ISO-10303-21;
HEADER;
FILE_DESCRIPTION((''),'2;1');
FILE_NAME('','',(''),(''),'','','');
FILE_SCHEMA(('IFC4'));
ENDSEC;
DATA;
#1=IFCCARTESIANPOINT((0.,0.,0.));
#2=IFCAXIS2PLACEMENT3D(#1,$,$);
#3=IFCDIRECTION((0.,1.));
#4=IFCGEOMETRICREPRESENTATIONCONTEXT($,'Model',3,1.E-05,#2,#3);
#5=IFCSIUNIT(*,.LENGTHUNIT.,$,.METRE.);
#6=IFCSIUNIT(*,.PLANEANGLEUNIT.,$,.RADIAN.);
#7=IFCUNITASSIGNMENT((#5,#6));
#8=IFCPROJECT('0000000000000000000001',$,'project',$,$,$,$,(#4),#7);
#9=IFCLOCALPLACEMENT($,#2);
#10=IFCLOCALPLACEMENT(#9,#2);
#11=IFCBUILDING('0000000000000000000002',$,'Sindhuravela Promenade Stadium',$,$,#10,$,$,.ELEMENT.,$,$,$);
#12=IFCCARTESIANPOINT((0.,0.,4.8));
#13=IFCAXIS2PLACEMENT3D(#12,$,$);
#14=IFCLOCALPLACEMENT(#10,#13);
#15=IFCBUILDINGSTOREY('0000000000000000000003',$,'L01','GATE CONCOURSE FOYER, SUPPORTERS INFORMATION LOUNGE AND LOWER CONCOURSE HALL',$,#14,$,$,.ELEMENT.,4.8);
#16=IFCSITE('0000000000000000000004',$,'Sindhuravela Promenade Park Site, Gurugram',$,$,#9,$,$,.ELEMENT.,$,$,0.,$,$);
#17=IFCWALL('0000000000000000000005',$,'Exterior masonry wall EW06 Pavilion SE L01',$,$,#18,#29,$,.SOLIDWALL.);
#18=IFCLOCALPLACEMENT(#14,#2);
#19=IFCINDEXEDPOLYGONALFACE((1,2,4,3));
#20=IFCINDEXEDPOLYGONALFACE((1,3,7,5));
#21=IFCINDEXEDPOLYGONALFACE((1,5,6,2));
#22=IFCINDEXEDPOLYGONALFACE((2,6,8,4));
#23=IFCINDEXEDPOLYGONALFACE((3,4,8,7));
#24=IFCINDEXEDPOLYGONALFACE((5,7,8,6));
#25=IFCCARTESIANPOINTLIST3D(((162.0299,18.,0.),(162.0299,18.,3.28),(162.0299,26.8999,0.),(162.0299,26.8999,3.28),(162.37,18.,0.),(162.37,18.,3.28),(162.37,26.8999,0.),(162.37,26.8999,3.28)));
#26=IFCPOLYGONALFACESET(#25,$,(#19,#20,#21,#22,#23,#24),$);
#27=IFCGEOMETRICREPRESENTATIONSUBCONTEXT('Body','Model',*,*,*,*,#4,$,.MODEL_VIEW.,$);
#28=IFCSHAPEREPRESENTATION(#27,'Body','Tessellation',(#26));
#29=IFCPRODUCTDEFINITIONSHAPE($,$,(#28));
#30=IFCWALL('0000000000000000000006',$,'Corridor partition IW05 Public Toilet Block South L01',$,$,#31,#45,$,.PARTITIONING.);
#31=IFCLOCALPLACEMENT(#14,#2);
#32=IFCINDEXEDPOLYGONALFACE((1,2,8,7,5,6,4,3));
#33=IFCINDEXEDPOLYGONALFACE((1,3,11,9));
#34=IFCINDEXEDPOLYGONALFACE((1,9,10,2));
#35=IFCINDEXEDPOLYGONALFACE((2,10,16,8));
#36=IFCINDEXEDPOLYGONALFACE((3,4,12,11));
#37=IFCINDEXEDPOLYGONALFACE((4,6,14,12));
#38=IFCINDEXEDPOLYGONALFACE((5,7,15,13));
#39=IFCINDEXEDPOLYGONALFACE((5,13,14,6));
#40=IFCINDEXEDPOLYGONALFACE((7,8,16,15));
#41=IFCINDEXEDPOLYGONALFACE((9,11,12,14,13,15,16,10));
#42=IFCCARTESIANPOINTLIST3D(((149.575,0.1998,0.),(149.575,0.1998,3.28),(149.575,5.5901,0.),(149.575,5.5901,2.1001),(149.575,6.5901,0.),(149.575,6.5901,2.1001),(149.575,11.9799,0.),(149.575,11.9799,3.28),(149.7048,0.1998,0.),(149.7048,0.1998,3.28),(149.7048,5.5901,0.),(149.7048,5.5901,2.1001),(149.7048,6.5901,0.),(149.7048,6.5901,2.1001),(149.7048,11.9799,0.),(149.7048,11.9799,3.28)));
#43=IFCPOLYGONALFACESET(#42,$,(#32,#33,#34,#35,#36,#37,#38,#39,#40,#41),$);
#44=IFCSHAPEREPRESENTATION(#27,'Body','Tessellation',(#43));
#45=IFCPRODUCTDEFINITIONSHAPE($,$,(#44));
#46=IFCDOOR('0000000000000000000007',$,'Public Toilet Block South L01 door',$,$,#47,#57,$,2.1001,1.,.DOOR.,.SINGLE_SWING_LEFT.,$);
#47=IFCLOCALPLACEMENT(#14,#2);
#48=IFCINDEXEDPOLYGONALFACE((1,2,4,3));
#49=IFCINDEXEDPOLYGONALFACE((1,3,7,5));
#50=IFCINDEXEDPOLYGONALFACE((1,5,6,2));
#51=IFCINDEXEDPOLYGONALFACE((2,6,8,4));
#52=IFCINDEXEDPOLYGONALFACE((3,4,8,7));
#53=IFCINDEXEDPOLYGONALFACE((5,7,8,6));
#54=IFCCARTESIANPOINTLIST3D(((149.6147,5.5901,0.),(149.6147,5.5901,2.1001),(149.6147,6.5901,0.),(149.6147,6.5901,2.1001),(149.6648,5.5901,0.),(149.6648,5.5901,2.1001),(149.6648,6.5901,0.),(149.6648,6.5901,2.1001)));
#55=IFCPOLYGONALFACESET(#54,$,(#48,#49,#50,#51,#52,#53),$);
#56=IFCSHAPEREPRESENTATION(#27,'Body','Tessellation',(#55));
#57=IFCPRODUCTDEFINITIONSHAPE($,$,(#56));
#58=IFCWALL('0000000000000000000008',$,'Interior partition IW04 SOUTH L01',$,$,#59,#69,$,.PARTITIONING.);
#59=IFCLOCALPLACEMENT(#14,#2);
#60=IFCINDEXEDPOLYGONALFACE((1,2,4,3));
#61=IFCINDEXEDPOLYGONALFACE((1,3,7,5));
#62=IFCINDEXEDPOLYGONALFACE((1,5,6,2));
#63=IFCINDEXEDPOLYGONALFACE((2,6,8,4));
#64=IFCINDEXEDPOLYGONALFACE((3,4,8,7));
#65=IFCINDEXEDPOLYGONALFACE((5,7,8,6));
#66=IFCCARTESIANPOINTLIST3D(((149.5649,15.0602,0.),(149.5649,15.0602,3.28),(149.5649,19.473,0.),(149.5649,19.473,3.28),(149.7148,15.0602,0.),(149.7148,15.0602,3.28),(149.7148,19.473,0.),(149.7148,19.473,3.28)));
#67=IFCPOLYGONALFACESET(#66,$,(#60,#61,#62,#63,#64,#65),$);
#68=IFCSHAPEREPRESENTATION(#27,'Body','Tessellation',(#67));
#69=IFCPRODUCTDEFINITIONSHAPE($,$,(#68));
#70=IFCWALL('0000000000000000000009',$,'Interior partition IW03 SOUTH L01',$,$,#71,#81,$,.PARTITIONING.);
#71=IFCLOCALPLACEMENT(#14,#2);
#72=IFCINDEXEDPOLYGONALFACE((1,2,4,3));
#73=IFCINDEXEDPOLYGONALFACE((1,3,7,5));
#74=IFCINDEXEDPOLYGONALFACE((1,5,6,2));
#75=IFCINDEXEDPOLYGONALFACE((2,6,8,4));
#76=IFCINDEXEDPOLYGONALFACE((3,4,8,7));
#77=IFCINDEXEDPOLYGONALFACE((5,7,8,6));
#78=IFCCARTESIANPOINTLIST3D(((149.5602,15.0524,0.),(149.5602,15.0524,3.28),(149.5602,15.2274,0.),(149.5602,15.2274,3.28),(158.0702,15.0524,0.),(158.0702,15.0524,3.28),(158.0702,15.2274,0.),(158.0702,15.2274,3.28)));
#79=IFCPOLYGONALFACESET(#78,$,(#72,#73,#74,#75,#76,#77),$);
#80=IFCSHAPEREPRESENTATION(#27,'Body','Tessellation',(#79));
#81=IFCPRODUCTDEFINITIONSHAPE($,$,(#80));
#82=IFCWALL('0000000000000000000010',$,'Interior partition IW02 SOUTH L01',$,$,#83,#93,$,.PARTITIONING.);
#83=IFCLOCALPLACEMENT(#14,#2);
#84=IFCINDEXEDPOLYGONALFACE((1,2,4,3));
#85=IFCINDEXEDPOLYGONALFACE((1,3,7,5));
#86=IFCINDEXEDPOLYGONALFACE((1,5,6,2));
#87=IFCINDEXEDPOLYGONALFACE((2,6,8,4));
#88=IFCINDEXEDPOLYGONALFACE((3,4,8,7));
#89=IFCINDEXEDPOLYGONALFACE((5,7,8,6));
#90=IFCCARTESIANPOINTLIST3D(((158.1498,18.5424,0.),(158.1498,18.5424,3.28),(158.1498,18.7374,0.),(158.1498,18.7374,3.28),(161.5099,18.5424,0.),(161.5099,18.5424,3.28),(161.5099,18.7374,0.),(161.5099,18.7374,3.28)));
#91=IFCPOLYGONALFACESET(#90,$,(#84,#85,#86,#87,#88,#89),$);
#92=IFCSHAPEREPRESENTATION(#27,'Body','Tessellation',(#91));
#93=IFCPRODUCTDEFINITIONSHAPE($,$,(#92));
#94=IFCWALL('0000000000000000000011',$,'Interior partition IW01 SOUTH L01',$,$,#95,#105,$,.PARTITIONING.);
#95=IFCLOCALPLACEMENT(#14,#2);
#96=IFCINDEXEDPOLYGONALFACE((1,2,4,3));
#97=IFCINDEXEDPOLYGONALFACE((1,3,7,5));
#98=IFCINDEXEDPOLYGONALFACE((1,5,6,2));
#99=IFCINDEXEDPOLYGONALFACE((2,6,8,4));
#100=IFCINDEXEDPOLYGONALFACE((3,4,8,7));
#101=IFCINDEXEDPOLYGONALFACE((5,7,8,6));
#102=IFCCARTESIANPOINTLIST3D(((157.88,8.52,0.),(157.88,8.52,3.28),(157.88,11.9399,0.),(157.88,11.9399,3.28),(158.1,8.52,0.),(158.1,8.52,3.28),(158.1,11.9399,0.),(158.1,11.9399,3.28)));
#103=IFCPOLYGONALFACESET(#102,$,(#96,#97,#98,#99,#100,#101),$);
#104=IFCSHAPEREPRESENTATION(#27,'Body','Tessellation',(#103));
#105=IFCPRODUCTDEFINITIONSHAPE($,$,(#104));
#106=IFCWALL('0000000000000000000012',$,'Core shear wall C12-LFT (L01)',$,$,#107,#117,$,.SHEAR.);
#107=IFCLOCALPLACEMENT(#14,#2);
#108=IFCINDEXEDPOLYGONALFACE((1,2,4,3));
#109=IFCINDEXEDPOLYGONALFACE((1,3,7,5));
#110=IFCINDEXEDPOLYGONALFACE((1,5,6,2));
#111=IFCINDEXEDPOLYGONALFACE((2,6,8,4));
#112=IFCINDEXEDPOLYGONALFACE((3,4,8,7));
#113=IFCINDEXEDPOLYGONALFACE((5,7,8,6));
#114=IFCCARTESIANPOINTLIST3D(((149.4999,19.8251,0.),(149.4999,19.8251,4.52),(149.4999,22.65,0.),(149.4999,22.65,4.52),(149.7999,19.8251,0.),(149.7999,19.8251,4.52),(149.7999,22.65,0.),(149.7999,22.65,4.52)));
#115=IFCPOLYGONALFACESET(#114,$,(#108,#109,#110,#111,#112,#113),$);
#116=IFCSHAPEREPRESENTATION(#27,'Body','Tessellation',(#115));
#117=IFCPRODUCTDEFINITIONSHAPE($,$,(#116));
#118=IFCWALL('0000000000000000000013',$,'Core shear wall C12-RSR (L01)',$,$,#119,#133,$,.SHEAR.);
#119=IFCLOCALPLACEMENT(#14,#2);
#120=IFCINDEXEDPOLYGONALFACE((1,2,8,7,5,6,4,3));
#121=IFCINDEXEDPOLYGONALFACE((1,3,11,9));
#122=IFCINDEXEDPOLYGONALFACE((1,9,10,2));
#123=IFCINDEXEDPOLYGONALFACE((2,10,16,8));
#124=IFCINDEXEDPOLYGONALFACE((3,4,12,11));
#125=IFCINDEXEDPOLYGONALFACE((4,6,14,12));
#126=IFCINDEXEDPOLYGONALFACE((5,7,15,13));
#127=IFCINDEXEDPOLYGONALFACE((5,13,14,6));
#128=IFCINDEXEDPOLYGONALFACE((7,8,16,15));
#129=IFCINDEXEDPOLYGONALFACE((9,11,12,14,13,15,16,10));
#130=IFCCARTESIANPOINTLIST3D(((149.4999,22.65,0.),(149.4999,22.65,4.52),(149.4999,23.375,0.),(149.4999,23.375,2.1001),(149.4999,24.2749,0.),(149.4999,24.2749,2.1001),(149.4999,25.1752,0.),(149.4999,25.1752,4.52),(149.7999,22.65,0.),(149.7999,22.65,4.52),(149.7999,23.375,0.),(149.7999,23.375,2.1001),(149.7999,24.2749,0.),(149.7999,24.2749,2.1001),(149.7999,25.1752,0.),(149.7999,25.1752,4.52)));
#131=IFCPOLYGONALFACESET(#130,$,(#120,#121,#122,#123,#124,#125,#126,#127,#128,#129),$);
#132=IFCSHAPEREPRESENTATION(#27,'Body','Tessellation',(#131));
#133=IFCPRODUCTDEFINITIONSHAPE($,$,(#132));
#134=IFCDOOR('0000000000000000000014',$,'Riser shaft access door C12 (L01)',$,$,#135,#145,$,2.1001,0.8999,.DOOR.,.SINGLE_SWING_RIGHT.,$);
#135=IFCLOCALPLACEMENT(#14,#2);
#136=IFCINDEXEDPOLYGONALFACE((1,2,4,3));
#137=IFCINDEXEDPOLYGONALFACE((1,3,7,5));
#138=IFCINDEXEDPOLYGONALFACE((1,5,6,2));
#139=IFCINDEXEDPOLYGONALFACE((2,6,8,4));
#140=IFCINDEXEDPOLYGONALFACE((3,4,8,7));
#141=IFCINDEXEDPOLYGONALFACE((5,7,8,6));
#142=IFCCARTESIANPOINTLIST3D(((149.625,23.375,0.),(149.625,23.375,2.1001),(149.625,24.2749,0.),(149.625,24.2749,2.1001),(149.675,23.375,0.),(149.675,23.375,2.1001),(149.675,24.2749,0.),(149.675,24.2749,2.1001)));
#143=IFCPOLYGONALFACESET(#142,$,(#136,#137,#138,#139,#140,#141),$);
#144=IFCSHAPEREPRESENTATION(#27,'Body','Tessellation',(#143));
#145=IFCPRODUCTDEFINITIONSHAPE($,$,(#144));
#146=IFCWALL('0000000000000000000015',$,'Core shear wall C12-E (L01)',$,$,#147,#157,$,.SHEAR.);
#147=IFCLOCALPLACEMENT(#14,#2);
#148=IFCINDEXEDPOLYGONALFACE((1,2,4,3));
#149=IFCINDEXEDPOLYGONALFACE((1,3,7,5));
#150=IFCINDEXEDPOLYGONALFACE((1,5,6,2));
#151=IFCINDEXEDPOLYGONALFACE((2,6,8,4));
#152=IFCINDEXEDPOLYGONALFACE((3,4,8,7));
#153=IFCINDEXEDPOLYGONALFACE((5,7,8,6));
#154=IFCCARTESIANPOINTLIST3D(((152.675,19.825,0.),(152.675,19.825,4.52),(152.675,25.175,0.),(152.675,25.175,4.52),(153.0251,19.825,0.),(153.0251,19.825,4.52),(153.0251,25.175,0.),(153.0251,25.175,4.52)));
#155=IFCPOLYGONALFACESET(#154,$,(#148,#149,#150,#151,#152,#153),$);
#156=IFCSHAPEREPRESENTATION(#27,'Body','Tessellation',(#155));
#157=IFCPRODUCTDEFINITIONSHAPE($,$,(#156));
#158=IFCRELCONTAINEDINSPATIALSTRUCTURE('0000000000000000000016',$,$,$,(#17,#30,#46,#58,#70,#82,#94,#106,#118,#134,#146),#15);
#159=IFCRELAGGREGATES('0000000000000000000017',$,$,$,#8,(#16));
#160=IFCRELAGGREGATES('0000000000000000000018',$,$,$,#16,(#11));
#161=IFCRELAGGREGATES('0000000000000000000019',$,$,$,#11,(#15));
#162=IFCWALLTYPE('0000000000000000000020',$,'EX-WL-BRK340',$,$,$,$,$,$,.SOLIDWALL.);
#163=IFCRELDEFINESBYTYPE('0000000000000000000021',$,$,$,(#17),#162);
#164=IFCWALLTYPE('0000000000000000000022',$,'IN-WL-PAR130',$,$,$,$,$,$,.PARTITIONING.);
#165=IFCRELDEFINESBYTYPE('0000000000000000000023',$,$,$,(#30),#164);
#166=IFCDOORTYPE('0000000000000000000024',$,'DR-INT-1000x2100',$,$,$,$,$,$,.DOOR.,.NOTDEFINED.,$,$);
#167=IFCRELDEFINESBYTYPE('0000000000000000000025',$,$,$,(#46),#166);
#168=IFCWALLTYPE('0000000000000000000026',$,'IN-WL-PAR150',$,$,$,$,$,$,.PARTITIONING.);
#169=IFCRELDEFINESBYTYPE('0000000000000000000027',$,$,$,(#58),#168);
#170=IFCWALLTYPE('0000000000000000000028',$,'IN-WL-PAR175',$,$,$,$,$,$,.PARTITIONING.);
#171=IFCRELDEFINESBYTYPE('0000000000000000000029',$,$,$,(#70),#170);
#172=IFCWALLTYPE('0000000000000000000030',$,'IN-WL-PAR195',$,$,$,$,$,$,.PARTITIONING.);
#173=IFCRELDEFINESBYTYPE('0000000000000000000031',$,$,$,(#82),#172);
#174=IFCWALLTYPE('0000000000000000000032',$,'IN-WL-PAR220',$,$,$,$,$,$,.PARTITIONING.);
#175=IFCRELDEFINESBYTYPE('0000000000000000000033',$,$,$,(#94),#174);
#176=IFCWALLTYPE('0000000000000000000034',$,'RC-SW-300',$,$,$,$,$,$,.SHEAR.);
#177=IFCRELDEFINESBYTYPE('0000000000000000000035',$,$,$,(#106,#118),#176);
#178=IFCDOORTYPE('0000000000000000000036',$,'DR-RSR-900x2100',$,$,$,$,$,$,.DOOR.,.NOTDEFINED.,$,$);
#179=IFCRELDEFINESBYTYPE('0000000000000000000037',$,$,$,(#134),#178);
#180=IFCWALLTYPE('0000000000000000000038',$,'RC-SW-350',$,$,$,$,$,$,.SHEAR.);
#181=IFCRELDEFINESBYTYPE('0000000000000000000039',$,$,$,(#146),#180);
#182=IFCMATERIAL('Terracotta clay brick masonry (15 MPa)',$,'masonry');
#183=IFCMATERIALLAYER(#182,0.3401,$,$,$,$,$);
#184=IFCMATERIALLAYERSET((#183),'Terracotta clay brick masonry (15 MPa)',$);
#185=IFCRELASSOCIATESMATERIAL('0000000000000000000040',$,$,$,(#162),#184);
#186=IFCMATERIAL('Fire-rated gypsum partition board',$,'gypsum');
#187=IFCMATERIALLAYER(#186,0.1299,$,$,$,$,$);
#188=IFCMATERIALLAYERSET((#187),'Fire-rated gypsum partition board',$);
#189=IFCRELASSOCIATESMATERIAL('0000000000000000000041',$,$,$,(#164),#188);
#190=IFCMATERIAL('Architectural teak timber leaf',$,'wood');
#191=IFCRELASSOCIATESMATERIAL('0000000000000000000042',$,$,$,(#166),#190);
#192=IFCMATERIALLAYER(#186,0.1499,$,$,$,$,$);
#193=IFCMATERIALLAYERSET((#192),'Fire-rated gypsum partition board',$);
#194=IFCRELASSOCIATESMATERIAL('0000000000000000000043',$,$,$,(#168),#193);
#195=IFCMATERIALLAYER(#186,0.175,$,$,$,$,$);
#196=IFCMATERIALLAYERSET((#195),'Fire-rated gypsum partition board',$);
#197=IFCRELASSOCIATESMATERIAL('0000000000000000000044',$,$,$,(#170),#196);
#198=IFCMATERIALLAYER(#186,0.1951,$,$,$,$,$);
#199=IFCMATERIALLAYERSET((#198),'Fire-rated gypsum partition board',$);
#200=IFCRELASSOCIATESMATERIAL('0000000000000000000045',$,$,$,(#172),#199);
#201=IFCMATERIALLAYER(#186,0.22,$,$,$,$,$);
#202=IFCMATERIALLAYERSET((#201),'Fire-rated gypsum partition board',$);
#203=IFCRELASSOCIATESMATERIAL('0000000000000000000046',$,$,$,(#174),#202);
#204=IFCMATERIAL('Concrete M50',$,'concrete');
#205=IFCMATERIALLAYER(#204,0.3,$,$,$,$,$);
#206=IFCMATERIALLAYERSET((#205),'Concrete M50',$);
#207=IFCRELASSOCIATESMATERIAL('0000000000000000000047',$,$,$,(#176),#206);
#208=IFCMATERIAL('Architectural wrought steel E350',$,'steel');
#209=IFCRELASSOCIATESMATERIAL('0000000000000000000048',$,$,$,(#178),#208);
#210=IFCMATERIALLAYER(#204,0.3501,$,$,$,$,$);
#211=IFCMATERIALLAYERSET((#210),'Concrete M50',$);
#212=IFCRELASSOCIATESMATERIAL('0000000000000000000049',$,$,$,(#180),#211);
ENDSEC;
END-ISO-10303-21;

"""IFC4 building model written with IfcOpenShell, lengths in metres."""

from ifc_helpers import new_model, si_unit, direction, frame, frame_2d, origin, place, context, subcontext, project, spatial, rectangle, extrude, material, layer, layer_set, type_object, element, fill, save


model = new_model("IFC4")

# Units and contexts
model_context = context("Model", 3, precision=1e-05, world=origin(), true_north=direction((0.0, 1.0)))
body_context = subcontext(model_context, "Body", "Model", "MODEL_VIEW")
ifc_project = project(units=[si_unit("LENGTHUNIT", "METRE"), si_unit("PLANEANGLEUNIT", "RADIAN")], contexts=[model_context])

# Site, building, storey
site_placement = place(None, origin())
site = spatial("IfcSite", under=ifc_project, at=site_placement, Name="Sindhuravela Promenade Park Site, Gurugram", CompositionType="ELEMENT", RefElevation=0.0)
building_placement = place(site_placement, origin())
building = spatial("IfcBuilding", under=site, at=building_placement, Name="Sindhuravela Promenade Stadium", CompositionType="ELEMENT")
storey_placement = place(building_placement, frame((0.0, 0.0, 4.8)))
storey = spatial("IfcBuildingStorey", under=building, at=storey_placement, Name="L01", Description="GATE CONCOURSE FOYER, SUPPORTERS INFORMATION LOUNGE AND LOWER CONCOURSE HALL", CompositionType="ELEMENT", Elevation=4.8)

# Wall
ifc_material_1 = material(Name="Terracotta clay brick masonry (15 MPa)", Category="masonry")
ifc_layer_1 = layer(ifc_material_1, 0.3401)
ifc_layer_set_1 = layer_set([ifc_layer_1], Name="Terracotta clay brick masonry (15 MPa)")
wall_type_1 = type_object("IfcWallType", Name="EX-WL-BRK340", PredefinedType="SOLIDWALL", material=ifc_layer_set_1)
wall_1_placement = place(storey_placement, frame((162.2, 18.0, 0.0), z_axis=(0.0, 0.0, 1.0), x_axis=(0.0, 1.0, 0.0)))
element("IfcWall", 1, at=wall_1_placement, inside=storey, type_object=wall_type_1, Name="Exterior masonry wall EW06 Pavilion SE L01", PredefinedType="SOLIDWALL", context=body_context, shape_type="SweptSolid", body=[
    extrude(rectangle(XDim=8.8999, YDim=0.3401, at=frame_2d((4.45, 0.0))), origin(), (0.0, 0.0, 1.0), 3.28),
])

# Wall, opening, door
ifc_material_2 = material(Name="Fire-rated gypsum partition board", Category="gypsum")
ifc_layer_2 = layer(ifc_material_2, 0.1299)
ifc_layer_set_2 = layer_set([ifc_layer_2], Name="Fire-rated gypsum partition board")
wall_type_2 = type_object("IfcWallType", Name="IN-WL-PAR130", PredefinedType="PARTITIONING", material=ifc_layer_set_2)
wall_2_placement = place(storey_placement, frame((149.6399, 11.98, 0.0), z_axis=(0.0, 0.0, 1.0), x_axis=(0.0, -1.0, 0.0)))
wall_2 = element("IfcWall", 2, at=wall_2_placement, inside=storey, type_object=wall_type_2, Name="Corridor partition IW05 Public Toilet Block South L01", PredefinedType="PARTITIONING", context=body_context, shape_type="SweptSolid", body=[
    extrude(rectangle(XDim=11.78, YDim=0.1299, at=frame_2d((5.8901, 0.0))), origin(), (0.0, 0.0, 1.0), 3.28),
])
opening_1_placement = place(wall_2_placement, frame((5.3899, 0.0, 0.0)))
opening_1 = element("IfcOpeningElement", 3, at=opening_1_placement, cuts=wall_2, PredefinedType="OPENING", context=body_context, shape_type="SweptSolid", body=[
    extrude(rectangle(XDim=1.0, YDim=2.1001, at=frame_2d((0.5, 1.05))), frame((0.0, 0.075, 0.0), z_axis=(0.0, -1.0, 0.0), x_axis=(1.0, 0.0, 0.0)), (0.0, 0.0, 1.0), 0.1499),
])
ifc_material_3 = material(Name="Architectural teak timber leaf", Category="wood")
door_type_1 = type_object("IfcDoorType", Name="DR-INT-1000x2100", OperationType="NOTDEFINED", PredefinedType="DOOR", material=ifc_material_3)
door_1_placement = place(opening_1_placement, origin())
door_1 = element("IfcDoor", 4, at=door_1_placement, inside=storey, type_object=door_type_1, Name="Public Toilet Block South L01 door", OperationType="SINGLE_SWING_LEFT", OverallHeight=2.1001, OverallWidth=1.0, PredefinedType="DOOR", context=body_context, shape_type="SweptSolid", body=[
    extrude(rectangle(XDim=1.0, YDim=2.1001, at=frame_2d((0.5, 1.05))), frame((0.0, 0.0249, 0.0), z_axis=(0.0, -1.0, 0.0), x_axis=(1.0, 0.0, 0.0)), (0.0, 0.0, 1.0), 0.05),
])
fill(opening_1, door_1)

# Walls
ifc_layer_3 = layer(ifc_material_2, 0.1499)
ifc_layer_set_3 = layer_set([ifc_layer_3], Name="Fire-rated gypsum partition board")
wall_type_3 = type_object("IfcWallType", Name="IN-WL-PAR150", PredefinedType="PARTITIONING", material=ifc_layer_set_3)
wall_3_placement = place(storey_placement, frame((149.6399, 15.0601, 0.0), z_axis=(0.0, 0.0, 1.0), x_axis=(0.0, 1.0, 0.0)))
element("IfcWall", 5, at=wall_3_placement, inside=storey, type_object=wall_type_3, Name="Interior partition IW04 SOUTH L01", PredefinedType="PARTITIONING", context=body_context, shape_type="SweptSolid", body=[
    extrude(rectangle(XDim=4.4128, YDim=0.1499, at=frame_2d((2.2065, 0.0))), origin(), (0.0, 0.0, 1.0), 3.28),
])
ifc_layer_4 = layer(ifc_material_2, 0.175)
ifc_layer_set_4 = layer_set([ifc_layer_4], Name="Fire-rated gypsum partition board")
wall_type_4 = type_object("IfcWallType", Name="IN-WL-PAR175", PredefinedType="PARTITIONING", material=ifc_layer_set_4)
wall_4_placement = place(storey_placement, frame((158.0701, 15.1399, 0.0), z_axis=(0.0, 0.0, 1.0), x_axis=(-1.0, 0.0, 0.0)))
element("IfcWall", 6, at=wall_4_placement, inside=storey, type_object=wall_type_4, Name="Interior partition IW03 SOUTH L01", PredefinedType="PARTITIONING", context=body_context, shape_type="SweptSolid", body=[
    extrude(rectangle(XDim=8.51, YDim=0.175, at=frame_2d((4.2549, 0.0))), origin(), (0.0, 0.0, 1.0), 3.28),
])
ifc_layer_5 = layer(ifc_material_2, 0.1951)
ifc_layer_set_5 = layer_set([ifc_layer_5], Name="Fire-rated gypsum partition board")
wall_type_5 = type_object("IfcWallType", Name="IN-WL-PAR195", PredefinedType="PARTITIONING", material=ifc_layer_set_5)
wall_5_placement = place(storey_placement, frame((161.51, 18.6399, 0.0), z_axis=(0.0, 0.0, 1.0), x_axis=(-1.0, 0.0, 0.0)))
element("IfcWall", 7, at=wall_5_placement, inside=storey, type_object=wall_type_5, Name="Interior partition IW02 SOUTH L01", PredefinedType="PARTITIONING", context=body_context, shape_type="SweptSolid", body=[
    extrude(rectangle(XDim=3.3601, YDim=0.1951, at=frame_2d((1.6802, 0.0))), origin(), (0.0, 0.0, 1.0), 3.28),
])

# Shared definitions
ifc_layer_6 = layer(ifc_material_2, 0.22)
ifc_layer_set_6 = layer_set([ifc_layer_6], Name="Fire-rated gypsum partition board")
wall_type_6 = type_object("IfcWallType", Name="IN-WL-PAR220", PredefinedType="PARTITIONING", material=ifc_layer_set_6)

# Walls
wall_6_placement = place(storey_placement, frame((157.99, 11.9399, 0.0), z_axis=(0.0, 0.0, 1.0), x_axis=(0.0, -1.0, 0.0)))
element("IfcWall", 8, at=wall_6_placement, inside=storey, type_object=wall_type_6, Name="Interior partition IW01 SOUTH L01", PredefinedType="PARTITIONING", context=body_context, shape_type="SweptSolid", body=[
    extrude(rectangle(XDim=3.4199, YDim=0.22, at=frame_2d((1.71, 0.0))), origin(), (0.0, 0.0, 1.0), 3.28),
])
ifc_material_4 = material(Name="Concrete M50", Category="concrete")
ifc_layer_7 = layer(ifc_material_4, 0.3)
ifc_layer_set_7 = layer_set([ifc_layer_7], Name="Concrete M50")
wall_type_7 = type_object("IfcWallType", Name="RC-SW-300", PredefinedType="SHEAR", material=ifc_layer_set_7)
wall_7_placement = place(storey_placement, frame((149.6499, 19.825, 0.0), z_axis=(0.0, 0.0, 1.0), x_axis=(0.0, 1.0, 0.0)))
element("IfcWall", 9, at=wall_7_placement, inside=storey, type_object=wall_type_7, Name="Core shear wall C12-LFT (L01)", PredefinedType="SHEAR", context=body_context, shape_type="SweptSolid", body=[
    extrude(rectangle(XDim=2.825, YDim=0.3, at=frame_2d((1.4126, 0.0))), origin(), (0.0, 0.0, 1.0), 4.52),
])

# Wall, opening, door
wall_8_placement = place(storey_placement, frame((149.6499, 22.6499, 0.0), z_axis=(0.0, 0.0, 1.0), x_axis=(0.0, 1.0, 0.0)))
wall_8 = element("IfcWall", 10, at=wall_8_placement, inside=storey, type_object=wall_type_7, Name="Core shear wall C12-RSR (L01)", PredefinedType="SHEAR", context=body_context, shape_type="SweptSolid", body=[
    extrude(rectangle(XDim=2.5251, YDim=0.3, at=frame_2d((1.2627, 0.0))), origin(), (0.0, 0.0, 1.0), 4.52),
])
opening_2_placement = place(wall_8_placement, frame((0.7251, 0.0, 0.0)))
opening_2 = element("IfcOpeningElement", 11, at=opening_2_placement, cuts=wall_8, PredefinedType="OPENING", context=body_context, shape_type="SweptSolid", body=[
    extrude(rectangle(XDim=0.8999, YDim=2.1001, at=frame_2d((0.45, 1.05))), frame((0.0, 0.1599, 0.0), z_axis=(0.0, -1.0, 0.0), x_axis=(1.0, 0.0, 0.0)), (0.0, 0.0, 1.0), 0.3201),
])
ifc_material_5 = material(Name="Architectural wrought steel E350", Category="steel")
door_type_2 = type_object("IfcDoorType", Name="DR-RSR-900x2100", OperationType="NOTDEFINED", PredefinedType="DOOR", material=ifc_material_5)
door_2_placement = place(opening_2_placement, origin())
door_2 = element("IfcDoor", 12, at=door_2_placement, inside=storey, type_object=door_type_2, Name="Riser shaft access door C12 (L01)", OperationType="SINGLE_SWING_RIGHT", OverallHeight=2.1001, OverallWidth=0.8999, PredefinedType="DOOR", context=body_context, shape_type="SweptSolid", body=[
    extrude(rectangle(XDim=0.8999, YDim=2.1001, at=frame_2d((0.45, 1.05))), frame((0.0, 0.0249, 0.0), z_axis=(0.0, -1.0, 0.0), x_axis=(1.0, 0.0, 0.0)), (0.0, 0.0, 1.0), 0.05),
])
fill(opening_2, door_2)

# Wall
ifc_layer_8 = layer(ifc_material_4, 0.3501)
ifc_layer_set_8 = layer_set([ifc_layer_8], Name="Concrete M50")
wall_type_8 = type_object("IfcWallType", Name="RC-SW-350", PredefinedType="SHEAR", material=ifc_layer_set_8)
wall_9_placement = place(storey_placement, frame((152.8501, 19.825, 0.0), z_axis=(0.0, 0.0, 1.0), x_axis=(0.0, 1.0, 0.0)))
element("IfcWall", 13, at=wall_9_placement, inside=storey, type_object=wall_type_8, Name="Core shear wall C12-E (L01)", PredefinedType="SHEAR", context=body_context, shape_type="SweptSolid", body=[
    extrude(rectangle(XDim=5.3501, YDim=0.3501, at=frame_2d((2.675, 0.0))), origin(), (0.0, 0.0, 1.0), 4.52),
])

save(model, "model.ifc")
